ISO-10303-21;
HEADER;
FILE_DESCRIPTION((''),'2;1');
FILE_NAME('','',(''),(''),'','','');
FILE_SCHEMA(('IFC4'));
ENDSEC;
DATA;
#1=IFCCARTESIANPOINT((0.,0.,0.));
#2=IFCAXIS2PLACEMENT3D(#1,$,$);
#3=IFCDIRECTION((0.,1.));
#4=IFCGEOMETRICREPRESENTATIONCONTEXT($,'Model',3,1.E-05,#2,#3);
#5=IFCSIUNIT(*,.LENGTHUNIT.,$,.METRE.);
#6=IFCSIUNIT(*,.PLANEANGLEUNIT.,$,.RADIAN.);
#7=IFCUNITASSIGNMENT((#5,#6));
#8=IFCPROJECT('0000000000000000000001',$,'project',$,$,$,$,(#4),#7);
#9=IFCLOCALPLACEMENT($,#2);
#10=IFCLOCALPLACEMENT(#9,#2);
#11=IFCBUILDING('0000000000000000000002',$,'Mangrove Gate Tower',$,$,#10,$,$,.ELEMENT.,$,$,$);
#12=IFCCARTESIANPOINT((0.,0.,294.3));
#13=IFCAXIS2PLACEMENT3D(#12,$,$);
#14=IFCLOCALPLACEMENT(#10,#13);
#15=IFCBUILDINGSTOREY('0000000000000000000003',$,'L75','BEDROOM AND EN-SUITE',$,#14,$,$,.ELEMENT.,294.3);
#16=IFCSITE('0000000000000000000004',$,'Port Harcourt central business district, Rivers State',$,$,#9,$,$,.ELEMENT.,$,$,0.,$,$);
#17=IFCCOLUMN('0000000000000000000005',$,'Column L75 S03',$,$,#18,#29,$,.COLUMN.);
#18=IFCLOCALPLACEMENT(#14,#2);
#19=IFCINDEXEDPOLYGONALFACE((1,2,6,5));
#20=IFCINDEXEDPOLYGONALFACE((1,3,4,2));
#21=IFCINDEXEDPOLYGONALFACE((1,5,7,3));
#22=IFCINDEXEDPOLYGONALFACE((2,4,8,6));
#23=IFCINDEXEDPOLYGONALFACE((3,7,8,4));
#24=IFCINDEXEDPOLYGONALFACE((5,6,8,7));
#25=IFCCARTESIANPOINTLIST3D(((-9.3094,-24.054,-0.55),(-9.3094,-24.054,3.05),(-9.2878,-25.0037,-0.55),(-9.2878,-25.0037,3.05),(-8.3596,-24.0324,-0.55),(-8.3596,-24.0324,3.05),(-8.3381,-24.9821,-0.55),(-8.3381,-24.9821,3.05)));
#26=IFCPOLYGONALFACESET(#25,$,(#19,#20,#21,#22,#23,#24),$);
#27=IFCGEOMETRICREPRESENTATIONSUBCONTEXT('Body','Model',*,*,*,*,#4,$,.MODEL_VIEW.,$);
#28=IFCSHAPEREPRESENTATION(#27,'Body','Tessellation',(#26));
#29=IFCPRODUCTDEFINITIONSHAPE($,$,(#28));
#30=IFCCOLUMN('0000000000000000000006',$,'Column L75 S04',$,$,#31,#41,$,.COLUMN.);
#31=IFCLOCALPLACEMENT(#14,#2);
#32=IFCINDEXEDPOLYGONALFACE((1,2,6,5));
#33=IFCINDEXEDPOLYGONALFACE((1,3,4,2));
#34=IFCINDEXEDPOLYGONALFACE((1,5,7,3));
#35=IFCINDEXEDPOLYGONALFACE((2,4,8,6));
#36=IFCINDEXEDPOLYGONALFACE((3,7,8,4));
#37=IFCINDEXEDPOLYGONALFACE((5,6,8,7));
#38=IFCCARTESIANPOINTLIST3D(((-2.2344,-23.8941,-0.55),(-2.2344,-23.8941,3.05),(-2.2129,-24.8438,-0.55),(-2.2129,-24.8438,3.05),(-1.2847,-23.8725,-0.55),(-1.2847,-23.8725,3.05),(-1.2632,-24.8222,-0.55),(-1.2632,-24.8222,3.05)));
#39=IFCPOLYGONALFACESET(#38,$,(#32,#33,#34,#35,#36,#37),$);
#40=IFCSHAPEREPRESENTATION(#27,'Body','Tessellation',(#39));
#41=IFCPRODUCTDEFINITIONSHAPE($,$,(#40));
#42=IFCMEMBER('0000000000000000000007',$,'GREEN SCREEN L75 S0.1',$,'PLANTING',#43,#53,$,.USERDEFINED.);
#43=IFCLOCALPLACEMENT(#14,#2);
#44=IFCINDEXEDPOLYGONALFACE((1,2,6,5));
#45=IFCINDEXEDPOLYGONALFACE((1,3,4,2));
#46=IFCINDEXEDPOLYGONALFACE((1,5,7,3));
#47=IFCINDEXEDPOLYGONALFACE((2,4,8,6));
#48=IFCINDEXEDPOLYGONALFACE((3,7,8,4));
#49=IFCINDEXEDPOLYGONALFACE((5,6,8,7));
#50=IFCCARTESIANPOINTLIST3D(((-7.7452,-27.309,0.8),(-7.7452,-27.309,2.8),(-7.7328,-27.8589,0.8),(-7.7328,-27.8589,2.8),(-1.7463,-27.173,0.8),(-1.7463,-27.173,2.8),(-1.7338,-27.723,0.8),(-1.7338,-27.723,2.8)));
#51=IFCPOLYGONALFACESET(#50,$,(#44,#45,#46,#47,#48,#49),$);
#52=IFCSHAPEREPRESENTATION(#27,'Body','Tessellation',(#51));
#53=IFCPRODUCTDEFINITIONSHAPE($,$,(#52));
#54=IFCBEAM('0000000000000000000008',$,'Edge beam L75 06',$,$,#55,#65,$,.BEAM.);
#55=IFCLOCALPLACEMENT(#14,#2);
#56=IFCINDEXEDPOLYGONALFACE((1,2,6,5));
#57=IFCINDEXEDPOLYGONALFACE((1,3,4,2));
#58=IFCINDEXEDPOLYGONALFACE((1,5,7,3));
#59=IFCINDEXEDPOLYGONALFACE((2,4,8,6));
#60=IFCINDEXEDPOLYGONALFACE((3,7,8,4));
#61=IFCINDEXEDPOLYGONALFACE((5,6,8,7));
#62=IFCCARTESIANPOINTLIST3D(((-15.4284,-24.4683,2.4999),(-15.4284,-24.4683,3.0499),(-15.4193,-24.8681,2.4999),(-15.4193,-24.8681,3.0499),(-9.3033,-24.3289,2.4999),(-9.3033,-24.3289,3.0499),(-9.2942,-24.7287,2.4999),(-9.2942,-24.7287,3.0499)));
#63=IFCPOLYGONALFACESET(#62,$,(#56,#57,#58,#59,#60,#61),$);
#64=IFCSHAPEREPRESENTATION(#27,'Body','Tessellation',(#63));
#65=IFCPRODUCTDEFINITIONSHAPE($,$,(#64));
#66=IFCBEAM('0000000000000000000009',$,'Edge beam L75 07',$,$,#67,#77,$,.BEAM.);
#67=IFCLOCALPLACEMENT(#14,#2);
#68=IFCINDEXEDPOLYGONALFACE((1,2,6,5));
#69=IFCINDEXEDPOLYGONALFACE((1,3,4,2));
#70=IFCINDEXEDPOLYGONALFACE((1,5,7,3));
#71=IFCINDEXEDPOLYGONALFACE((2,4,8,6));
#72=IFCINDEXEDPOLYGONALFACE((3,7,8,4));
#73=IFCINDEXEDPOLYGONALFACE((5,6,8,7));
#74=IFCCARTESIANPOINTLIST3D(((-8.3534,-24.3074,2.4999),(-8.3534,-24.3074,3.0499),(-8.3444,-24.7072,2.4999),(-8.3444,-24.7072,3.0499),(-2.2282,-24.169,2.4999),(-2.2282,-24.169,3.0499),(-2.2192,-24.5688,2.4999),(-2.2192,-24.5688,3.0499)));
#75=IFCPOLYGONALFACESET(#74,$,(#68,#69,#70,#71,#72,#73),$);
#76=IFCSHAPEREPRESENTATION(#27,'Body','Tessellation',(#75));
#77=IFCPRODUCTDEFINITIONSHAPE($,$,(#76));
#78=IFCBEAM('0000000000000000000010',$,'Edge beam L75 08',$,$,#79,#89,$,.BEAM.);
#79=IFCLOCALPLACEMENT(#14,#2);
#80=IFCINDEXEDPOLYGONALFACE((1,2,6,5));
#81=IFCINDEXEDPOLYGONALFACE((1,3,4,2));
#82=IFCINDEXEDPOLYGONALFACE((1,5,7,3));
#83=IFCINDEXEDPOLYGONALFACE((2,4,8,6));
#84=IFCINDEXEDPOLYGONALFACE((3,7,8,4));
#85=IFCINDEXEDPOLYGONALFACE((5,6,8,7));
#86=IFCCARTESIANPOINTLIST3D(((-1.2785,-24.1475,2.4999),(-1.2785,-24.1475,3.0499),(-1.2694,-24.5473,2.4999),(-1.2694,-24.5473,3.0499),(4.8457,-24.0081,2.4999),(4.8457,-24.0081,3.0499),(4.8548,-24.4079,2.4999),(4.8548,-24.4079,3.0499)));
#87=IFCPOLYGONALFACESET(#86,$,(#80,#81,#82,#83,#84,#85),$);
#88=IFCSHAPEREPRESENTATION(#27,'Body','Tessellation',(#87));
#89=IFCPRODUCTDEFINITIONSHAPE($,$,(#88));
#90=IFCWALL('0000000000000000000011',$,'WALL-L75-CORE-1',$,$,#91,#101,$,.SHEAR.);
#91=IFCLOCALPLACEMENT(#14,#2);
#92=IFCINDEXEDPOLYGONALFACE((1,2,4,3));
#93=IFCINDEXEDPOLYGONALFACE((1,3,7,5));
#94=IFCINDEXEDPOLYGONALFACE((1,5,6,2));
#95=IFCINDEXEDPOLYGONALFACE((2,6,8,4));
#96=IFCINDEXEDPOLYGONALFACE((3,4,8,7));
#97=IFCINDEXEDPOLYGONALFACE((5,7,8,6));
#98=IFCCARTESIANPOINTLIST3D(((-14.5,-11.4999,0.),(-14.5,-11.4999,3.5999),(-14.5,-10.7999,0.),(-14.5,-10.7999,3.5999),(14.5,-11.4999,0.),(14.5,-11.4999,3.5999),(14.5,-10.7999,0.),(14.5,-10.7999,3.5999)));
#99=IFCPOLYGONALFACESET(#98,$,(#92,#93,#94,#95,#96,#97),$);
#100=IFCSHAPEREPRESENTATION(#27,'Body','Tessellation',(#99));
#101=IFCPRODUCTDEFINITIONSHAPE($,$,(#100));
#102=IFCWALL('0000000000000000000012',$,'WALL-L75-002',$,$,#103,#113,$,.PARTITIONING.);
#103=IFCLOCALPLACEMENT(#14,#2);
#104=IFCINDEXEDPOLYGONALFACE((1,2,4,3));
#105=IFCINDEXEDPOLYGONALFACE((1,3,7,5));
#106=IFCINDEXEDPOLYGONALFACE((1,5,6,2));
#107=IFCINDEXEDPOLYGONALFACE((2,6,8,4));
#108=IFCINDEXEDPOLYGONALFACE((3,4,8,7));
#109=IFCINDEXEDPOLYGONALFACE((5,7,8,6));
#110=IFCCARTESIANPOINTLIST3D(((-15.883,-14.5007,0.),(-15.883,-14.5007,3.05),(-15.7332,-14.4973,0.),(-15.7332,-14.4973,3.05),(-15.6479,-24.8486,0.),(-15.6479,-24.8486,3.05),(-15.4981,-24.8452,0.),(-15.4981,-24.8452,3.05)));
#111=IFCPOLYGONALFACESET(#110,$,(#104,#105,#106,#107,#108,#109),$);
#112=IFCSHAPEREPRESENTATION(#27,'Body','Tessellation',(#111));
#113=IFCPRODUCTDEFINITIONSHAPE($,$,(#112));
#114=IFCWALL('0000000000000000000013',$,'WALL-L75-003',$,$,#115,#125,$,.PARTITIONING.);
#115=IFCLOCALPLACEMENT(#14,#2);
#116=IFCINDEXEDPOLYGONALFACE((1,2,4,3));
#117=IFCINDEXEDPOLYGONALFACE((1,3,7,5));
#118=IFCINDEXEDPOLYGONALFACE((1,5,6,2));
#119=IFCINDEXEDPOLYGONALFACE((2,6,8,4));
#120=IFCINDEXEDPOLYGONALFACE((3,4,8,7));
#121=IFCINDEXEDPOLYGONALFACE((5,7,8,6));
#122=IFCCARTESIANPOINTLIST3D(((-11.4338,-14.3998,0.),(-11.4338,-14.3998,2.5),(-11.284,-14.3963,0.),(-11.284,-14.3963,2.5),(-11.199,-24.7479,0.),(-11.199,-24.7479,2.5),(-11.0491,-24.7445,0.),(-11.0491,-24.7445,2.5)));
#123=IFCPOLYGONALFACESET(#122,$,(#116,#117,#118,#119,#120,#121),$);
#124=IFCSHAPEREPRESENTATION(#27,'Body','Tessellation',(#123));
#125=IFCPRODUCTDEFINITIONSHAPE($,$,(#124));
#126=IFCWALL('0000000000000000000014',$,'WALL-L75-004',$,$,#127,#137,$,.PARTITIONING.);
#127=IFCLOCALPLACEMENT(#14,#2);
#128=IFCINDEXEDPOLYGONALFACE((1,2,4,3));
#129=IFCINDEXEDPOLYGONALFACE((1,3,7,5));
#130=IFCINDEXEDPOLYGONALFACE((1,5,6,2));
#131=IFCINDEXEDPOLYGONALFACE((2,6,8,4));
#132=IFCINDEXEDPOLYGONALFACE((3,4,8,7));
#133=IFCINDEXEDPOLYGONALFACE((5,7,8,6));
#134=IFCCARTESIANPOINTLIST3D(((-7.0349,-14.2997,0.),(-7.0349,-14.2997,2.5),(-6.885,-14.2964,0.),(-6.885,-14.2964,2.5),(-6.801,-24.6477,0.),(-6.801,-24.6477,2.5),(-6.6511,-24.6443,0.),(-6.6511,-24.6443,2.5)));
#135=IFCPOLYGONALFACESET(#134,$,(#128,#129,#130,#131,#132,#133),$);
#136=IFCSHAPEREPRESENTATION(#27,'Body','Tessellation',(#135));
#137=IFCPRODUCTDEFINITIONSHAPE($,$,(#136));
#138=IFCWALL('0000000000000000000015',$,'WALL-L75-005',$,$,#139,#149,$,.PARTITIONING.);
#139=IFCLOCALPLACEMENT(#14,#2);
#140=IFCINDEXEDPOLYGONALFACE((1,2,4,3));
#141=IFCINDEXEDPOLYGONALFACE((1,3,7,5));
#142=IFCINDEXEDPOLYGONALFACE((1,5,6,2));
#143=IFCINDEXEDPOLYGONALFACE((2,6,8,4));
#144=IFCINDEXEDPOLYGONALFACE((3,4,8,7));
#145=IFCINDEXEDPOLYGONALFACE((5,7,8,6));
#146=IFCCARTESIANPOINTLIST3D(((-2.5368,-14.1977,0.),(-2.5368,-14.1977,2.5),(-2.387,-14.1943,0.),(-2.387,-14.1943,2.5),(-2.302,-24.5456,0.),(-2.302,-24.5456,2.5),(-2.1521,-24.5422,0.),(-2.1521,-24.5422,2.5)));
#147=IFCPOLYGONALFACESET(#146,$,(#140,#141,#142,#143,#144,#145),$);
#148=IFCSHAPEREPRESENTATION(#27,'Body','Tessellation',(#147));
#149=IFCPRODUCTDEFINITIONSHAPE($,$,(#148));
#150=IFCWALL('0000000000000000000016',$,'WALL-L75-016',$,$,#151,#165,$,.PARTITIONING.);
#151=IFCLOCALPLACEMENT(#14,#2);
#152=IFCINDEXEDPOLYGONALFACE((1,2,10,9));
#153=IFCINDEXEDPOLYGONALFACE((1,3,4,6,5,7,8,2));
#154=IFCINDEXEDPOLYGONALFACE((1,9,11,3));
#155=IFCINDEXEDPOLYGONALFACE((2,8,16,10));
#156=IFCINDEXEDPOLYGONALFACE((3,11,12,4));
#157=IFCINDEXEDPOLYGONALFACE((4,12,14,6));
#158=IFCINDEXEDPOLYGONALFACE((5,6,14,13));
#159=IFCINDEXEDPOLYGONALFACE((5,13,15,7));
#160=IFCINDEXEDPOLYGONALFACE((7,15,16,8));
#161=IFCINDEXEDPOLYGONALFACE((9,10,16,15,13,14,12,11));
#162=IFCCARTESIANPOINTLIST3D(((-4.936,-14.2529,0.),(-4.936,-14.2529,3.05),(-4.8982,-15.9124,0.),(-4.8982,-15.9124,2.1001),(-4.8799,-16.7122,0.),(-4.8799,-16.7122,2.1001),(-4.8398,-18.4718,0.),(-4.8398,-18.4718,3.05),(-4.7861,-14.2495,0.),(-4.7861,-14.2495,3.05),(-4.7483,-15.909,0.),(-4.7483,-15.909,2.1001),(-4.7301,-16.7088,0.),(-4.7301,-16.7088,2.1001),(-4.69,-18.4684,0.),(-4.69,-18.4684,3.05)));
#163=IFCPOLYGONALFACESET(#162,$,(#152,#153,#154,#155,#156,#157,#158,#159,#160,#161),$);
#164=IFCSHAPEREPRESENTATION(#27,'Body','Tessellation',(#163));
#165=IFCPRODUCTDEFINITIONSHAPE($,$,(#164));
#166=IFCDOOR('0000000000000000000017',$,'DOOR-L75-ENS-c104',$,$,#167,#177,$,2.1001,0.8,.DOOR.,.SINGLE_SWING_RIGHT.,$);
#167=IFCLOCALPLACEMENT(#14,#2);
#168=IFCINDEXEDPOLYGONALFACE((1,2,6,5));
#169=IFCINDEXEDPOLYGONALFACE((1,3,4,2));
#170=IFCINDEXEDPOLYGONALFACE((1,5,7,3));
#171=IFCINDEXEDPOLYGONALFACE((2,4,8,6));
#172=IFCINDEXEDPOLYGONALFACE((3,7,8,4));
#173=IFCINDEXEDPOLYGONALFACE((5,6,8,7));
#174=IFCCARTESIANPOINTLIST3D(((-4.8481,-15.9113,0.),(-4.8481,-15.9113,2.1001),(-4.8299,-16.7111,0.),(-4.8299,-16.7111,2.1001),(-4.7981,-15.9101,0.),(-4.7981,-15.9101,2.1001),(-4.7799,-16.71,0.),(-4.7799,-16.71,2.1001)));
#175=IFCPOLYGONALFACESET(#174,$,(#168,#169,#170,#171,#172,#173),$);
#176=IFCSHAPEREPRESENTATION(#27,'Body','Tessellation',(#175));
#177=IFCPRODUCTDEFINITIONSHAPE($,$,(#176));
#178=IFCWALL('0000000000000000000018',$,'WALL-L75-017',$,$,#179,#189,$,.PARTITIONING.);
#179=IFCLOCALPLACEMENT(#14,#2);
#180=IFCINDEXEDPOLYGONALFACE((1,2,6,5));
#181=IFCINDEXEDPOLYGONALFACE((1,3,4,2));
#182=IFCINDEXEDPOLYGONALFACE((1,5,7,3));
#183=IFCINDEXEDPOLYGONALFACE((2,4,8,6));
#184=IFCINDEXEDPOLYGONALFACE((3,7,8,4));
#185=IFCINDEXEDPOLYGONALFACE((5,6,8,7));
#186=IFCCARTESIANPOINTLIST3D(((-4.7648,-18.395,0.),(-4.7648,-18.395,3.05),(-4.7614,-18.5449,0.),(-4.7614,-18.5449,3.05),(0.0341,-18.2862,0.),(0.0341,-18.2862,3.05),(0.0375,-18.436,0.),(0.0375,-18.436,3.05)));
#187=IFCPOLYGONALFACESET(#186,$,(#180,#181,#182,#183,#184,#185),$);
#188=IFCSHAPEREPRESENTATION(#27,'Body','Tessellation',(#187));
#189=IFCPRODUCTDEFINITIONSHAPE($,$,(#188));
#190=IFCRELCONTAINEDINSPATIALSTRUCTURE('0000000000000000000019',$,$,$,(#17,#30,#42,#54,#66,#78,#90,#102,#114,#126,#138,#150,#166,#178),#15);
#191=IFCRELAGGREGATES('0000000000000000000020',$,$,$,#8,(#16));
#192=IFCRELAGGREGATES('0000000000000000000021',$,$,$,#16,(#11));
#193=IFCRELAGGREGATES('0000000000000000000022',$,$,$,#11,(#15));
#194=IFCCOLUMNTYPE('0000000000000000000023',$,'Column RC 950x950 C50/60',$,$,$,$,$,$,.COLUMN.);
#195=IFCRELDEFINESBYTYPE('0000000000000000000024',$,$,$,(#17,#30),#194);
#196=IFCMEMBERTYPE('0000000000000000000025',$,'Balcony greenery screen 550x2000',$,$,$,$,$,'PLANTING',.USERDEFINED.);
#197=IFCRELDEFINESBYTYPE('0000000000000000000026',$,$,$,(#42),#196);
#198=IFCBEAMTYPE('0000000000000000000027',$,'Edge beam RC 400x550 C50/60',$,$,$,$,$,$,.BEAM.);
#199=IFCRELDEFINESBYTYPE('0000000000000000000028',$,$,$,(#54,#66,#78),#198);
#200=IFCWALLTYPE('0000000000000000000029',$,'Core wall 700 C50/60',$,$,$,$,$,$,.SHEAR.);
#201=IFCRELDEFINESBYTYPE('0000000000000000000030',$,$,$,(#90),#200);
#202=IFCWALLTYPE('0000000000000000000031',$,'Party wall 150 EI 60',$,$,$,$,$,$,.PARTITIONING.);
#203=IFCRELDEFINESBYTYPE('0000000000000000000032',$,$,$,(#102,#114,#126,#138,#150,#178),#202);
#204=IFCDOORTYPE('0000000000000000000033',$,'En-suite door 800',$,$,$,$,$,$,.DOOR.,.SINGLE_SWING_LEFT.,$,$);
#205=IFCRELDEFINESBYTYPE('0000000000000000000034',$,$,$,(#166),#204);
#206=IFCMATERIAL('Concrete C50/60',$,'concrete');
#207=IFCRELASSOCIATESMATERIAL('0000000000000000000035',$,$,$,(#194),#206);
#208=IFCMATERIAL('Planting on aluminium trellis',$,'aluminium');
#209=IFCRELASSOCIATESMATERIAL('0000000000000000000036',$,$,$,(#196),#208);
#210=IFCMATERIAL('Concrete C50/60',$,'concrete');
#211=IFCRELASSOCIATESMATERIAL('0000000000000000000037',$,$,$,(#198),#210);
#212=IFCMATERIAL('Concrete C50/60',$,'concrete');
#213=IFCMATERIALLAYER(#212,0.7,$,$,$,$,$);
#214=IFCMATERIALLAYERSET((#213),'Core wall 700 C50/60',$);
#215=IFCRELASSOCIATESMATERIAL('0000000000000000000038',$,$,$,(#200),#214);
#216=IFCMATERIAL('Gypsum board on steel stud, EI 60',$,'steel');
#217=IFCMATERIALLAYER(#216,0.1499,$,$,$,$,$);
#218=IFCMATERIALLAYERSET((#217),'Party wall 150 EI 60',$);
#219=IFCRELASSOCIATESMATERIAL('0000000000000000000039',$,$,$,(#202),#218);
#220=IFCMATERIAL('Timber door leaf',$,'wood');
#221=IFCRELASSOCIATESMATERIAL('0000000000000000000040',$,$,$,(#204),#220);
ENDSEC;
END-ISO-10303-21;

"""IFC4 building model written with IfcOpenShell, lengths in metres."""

from ifc_helpers import new_model, si_unit, direction, frame, frame_2d, origin, origin_2d, place, context, subcontext, project, spatial, rectangle, extrude, material, layer, layer_set, material_profile, profile_set, type_object, element, fill, save


model = new_model("IFC4")

# Units and contexts
model_context = context("Model", 3, precision=1e-05, world=origin(), true_north=direction((0.0, 1.0)))
body_context = subcontext(model_context, "Body", "Model", "MODEL_VIEW")
ifc_project = project(units=[si_unit("LENGTHUNIT", "METRE"), si_unit("PLANEANGLEUNIT", "RADIAN")], contexts=[model_context])

# Site, building, storey
site_placement = place(None, origin())
site = spatial("IfcSite", under=ifc_project, at=site_placement, Name="Port Harcourt central business district, Rivers State", CompositionType="ELEMENT", RefElevation=0.0)
building_placement = place(site_placement, origin())
building = spatial("IfcBuilding", under=site, at=building_placement, Name="Mangrove Gate Tower", CompositionType="ELEMENT")
storey_placement = place(building_placement, frame((0.0, 0.0, 294.3)))
storey = spatial("IfcBuildingStorey", under=building, at=storey_placement, Name="L75", Description="BEDROOM AND EN-SUITE", CompositionType="ELEMENT", Elevation=294.3)

# Columns
ifc_material_1 = material(Name="Concrete C50/60", Category="concrete")
ifc_material_profile_1 = material_profile(ifc_material_1, rectangle(XDim=0.95, YDim=0.95, at=origin_2d()))
ifc_profile_set_1 = profile_set([ifc_material_profile_1], Name="Concrete C50/60")
column_type = type_object("IfcColumnType", Name="Column RC 950x950 C50/60", PredefinedType="COLUMN", material=ifc_profile_set_1)
for number, where, z_axis, x_axis, name in (
    (1, (-8.8237, -24.5181, -0.55), (0.0, 0.0, 1.0), (0.999743, 0.02268, 0.0), "Column L75 S03"),
    (2, (-1.7488, -24.3582, -0.55), (0.0, 0.0, 1.0), (0.999743, 0.022681, 0.0), "Column L75 S04"),
):
    element("IfcColumn", number, at=place(storey_placement, frame(where, z_axis=z_axis, x_axis=x_axis)), inside=storey, type_object=column_type, Name=name, PredefinedType="COLUMN", context=body_context, shape_type="SweptSolid", body=[
        extrude(rectangle(XDim=0.95, YDim=0.95, at=origin_2d()), origin(), (0.0, 0.0, 1.0), 3.6001),
    ])

# Member
ifc_material_2 = material(Name="Planting on aluminium trellis", Category="aluminium")
ifc_material_profile_2 = material_profile(ifc_material_2, rectangle(XDim=0.55, YDim=2.0, at=origin_2d()))
ifc_profile_set_2 = profile_set([ifc_material_profile_2], Name="Planting on aluminium trellis")
member_type = type_object("IfcMemberType", Name="Balcony greenery screen 550x2000", ElementType="PLANTING", PredefinedType="USERDEFINED", material=ifc_profile_set_2)
member_placement = place(storey_placement, frame((-7.739, -27.584, 1.8), z_axis=(0.999743, 0.022662, 0.0), x_axis=(-0.022662, 0.999743, 0.0)))
element("IfcMember", 3, at=member_placement, inside=storey, type_object=member_type, Name="GREEN SCREEN L75 S0.1", ObjectType="PLANTING", PredefinedType="USERDEFINED", context=body_context, shape_type="SweptSolid", body=[
    extrude(rectangle(XDim=0.55, YDim=2.0, at=origin_2d()), origin(), (0.0, 0.0, 1.0), 6.0005),
])

# Beams
ifc_material_3 = material(Name="Concrete C50/60", Category="concrete")
ifc_material_profile_3 = material_profile(ifc_material_3, rectangle(XDim=0.3999, YDim=0.55, at=origin_2d()))
ifc_profile_set_3 = profile_set([ifc_material_profile_3], Name="Concrete C50/60")
beam_type = type_object("IfcBeamType", Name="Edge beam RC 400x550 C50/60", PredefinedType="BEAM", material=ifc_profile_set_3)
for number, where, z_axis, x_axis, name in (
    (4, (-15.4238, -24.6682, 2.7749), (0.999741, 0.022753, 0.0), (-0.022753, 0.999741, 0.0), "Edge beam L75 06"),
    (5, (-8.3489, -24.5073, 2.7749), (0.999745, 0.022594, 0.0), (-0.022594, 0.999745, 0.0), "Edge beam L75 07"),
):
    element("IfcBeam", number, at=place(storey_placement, frame(where, z_axis=z_axis, x_axis=x_axis)), inside=storey, type_object=beam_type, Name=name, PredefinedType="BEAM", context=body_context, shape_type="SweptSolid", body=[
        extrude(rectangle(XDim=0.3999, YDim=0.55, at=origin_2d()), origin(), (0.0, 0.0, 1.0), 6.1267),
    ])
beam_placement = place(storey_placement, frame((-1.2739, -24.3474, 2.7749), z_axis=(0.999741, 0.022757, 0.0), x_axis=(-0.022757, 0.999741, 0.0)))
element("IfcBeam", 6, at=beam_placement, inside=storey, type_object=beam_type, Name="Edge beam L75 08", PredefinedType="BEAM", context=body_context, shape_type="SweptSolid", body=[
    extrude(rectangle(XDim=0.3999, YDim=0.55, at=origin_2d()), origin(), (0.0, 0.0, 1.0), 6.1257),
])

# Walls
ifc_material_4 = material(Name="Concrete C50/60", Category="concrete")
ifc_layer_1 = layer(ifc_material_4, 0.7)
ifc_layer_set_1 = layer_set([ifc_layer_1], Name="Core wall 700 C50/60")
wall_type_1 = type_object("IfcWallType", Name="Core wall 700 C50/60", PredefinedType="SHEAR", material=ifc_layer_set_1)
wall_1_placement = place(storey_placement, frame((-14.5, -11.1499, 0.0), z_axis=(0.0, 0.0, 1.0), x_axis=(1.0, 0.0, 0.0)))
element("IfcWall", 7, at=wall_1_placement, inside=storey, type_object=wall_type_1, Name="WALL-L75-CORE-1", PredefinedType="SHEAR", context=body_context, shape_type="SweptSolid", body=[
    extrude(rectangle(XDim=29.0, YDim=0.7, at=frame_2d((14.5, 0.0))), origin(), (0.0, 0.0, 1.0), 3.5999),
])
ifc_material_5 = material(Name="Gypsum board on steel stud, EI 60", Category="steel")
ifc_layer_2 = layer(ifc_material_5, 0.1499)
ifc_layer_set_2 = layer_set([ifc_layer_2], Name="Party wall 150 EI 60")
wall_type_2 = type_object("IfcWallType", Name="Party wall 150 EI 60", PredefinedType="PARTITIONING", material=ifc_layer_set_2)
wall_2_placement = place(storey_placement, frame((-15.573, -24.8469, 0.0), z_axis=(0.0, 0.0, 1.0), x_axis=(-0.022714, 0.999742, 0.0)))
element("IfcWall", 8, at=wall_2_placement, inside=storey, type_object=wall_type_2, Name="WALL-L75-002", PredefinedType="PARTITIONING", context=body_context, shape_type="SweptSolid", body=[
    extrude(rectangle(XDim=10.3506, YDim=0.1499, at=frame_2d((5.1753, 0.0))), origin(), (0.0, 0.0, 1.0), 3.05),
])
wall_3_placement = place(storey_placement, frame((-11.124, -24.7461, 0.0), z_axis=(0.0, 0.0, 1.0), x_axis=(-0.02269, 0.999743, 0.0)))
element("IfcWall", 9, at=wall_3_placement, inside=storey, type_object=wall_type_2, Name="WALL-L75-003", PredefinedType="PARTITIONING", context=body_context, shape_type="SweptSolid", body=[
    extrude(rectangle(XDim=10.3508, YDim=0.1499, at=frame_2d((5.1753, 0.0))), origin(), (0.0, 0.0, 1.0), 2.5),
])
for number, where, z_axis, x_axis, name in (
    (10, (-6.7261, -24.646, 0.0), (0.0, 0.0, 1.0), (-0.022597, 0.999745, 0.0), "WALL-L75-004"),
    (11, (-2.2271, -24.5439, 0.0), (0.0, 0.0, 1.0), (-0.022691, 0.999743, 0.0), "WALL-L75-005"),
):
    element("IfcWall", number, at=place(storey_placement, frame(where, z_axis=z_axis, x_axis=x_axis)), inside=storey, type_object=wall_type_2, Name=name, PredefinedType="PARTITIONING", context=body_context, shape_type="SweptSolid", body=[
        extrude(rectangle(XDim=10.3506, YDim=0.1499, at=frame_2d((5.1753, 0.0))), origin(), (0.0, 0.0, 1.0), 2.5),
    ])

# Wall, opening, door
wall_4_placement = place(storey_placement, frame((-4.7649, -18.47, 0.0), z_axis=(0.0, 0.0, 1.0), x_axis=(-0.022794, 0.99974, 0.0)))
wall_4 = element("IfcWall", 12, at=wall_4_placement, inside=storey, type_object=wall_type_2, Name="WALL-L75-016", PredefinedType="PARTITIONING", context=body_context, shape_type="SweptSolid", body=[
    extrude(rectangle(XDim=4.22, YDim=0.1499, at=frame_2d((2.1099, 0.0))), origin(), (0.0, 0.0, 1.0), 3.05),
])
opening_1_placement = place(wall_4_placement, frame((1.76, 0.0, 0.0)))
opening_1 = element("IfcOpeningElement", 13, at=opening_1_placement, cuts=wall_4, PredefinedType="OPENING", context=body_context, shape_type="SweptSolid", body=[
    extrude(rectangle(XDim=0.8, YDim=2.1001, at=frame_2d((0.3999, 1.05))), frame((0.0, 0.085, 0.0), z_axis=(0.0, -1.0, 0.0), x_axis=(1.0, 0.0, 0.0)), (0.0, 0.0, 1.0), 0.1699),
])
ifc_material_6 = material(Name="Timber door leaf", Category="wood")
door_type = type_object("IfcDoorType", Name="En-suite door 800", OperationType="SINGLE_SWING_LEFT", PredefinedType="DOOR", material=ifc_material_6)
door_1_placement = place(opening_1_placement, origin())
door_1 = element("IfcDoor", 14, at=door_1_placement, inside=storey, type_object=door_type, Name="DOOR-L75-ENS-c104", OperationType="SINGLE_SWING_RIGHT", OverallHeight=2.1001, OverallWidth=0.8, PredefinedType="DOOR", context=body_context, shape_type="SweptSolid", body=[
    extrude(rectangle(XDim=0.8, YDim=2.1001, at=frame_2d((0.3999, 1.05))), frame((0.0, 0.0249, 0.0), z_axis=(0.0, -1.0, 0.0), x_axis=(1.0, 0.0, 0.0)), (0.0, 0.0, 1.0), 0.05),
])
fill(opening_1, door_1)

# Wall
wall_5_placement = place(storey_placement, frame((-4.7629, -18.47, 0.0), z_axis=(0.0, 0.0, 1.0), x_axis=(0.999743, 0.022684, 0.0)))
element("IfcWall", 15, at=wall_5_placement, inside=storey, type_object=wall_type_2, Name="WALL-L75-017", PredefinedType="PARTITIONING", context=body_context, shape_type="SweptSolid", body=[
    extrude(rectangle(XDim=4.8, YDim=0.1499, at=frame_2d((2.3999, 0.0))), origin(), (0.0, 0.0, 1.0), 3.05),
])

save(model, "model.ifc")
